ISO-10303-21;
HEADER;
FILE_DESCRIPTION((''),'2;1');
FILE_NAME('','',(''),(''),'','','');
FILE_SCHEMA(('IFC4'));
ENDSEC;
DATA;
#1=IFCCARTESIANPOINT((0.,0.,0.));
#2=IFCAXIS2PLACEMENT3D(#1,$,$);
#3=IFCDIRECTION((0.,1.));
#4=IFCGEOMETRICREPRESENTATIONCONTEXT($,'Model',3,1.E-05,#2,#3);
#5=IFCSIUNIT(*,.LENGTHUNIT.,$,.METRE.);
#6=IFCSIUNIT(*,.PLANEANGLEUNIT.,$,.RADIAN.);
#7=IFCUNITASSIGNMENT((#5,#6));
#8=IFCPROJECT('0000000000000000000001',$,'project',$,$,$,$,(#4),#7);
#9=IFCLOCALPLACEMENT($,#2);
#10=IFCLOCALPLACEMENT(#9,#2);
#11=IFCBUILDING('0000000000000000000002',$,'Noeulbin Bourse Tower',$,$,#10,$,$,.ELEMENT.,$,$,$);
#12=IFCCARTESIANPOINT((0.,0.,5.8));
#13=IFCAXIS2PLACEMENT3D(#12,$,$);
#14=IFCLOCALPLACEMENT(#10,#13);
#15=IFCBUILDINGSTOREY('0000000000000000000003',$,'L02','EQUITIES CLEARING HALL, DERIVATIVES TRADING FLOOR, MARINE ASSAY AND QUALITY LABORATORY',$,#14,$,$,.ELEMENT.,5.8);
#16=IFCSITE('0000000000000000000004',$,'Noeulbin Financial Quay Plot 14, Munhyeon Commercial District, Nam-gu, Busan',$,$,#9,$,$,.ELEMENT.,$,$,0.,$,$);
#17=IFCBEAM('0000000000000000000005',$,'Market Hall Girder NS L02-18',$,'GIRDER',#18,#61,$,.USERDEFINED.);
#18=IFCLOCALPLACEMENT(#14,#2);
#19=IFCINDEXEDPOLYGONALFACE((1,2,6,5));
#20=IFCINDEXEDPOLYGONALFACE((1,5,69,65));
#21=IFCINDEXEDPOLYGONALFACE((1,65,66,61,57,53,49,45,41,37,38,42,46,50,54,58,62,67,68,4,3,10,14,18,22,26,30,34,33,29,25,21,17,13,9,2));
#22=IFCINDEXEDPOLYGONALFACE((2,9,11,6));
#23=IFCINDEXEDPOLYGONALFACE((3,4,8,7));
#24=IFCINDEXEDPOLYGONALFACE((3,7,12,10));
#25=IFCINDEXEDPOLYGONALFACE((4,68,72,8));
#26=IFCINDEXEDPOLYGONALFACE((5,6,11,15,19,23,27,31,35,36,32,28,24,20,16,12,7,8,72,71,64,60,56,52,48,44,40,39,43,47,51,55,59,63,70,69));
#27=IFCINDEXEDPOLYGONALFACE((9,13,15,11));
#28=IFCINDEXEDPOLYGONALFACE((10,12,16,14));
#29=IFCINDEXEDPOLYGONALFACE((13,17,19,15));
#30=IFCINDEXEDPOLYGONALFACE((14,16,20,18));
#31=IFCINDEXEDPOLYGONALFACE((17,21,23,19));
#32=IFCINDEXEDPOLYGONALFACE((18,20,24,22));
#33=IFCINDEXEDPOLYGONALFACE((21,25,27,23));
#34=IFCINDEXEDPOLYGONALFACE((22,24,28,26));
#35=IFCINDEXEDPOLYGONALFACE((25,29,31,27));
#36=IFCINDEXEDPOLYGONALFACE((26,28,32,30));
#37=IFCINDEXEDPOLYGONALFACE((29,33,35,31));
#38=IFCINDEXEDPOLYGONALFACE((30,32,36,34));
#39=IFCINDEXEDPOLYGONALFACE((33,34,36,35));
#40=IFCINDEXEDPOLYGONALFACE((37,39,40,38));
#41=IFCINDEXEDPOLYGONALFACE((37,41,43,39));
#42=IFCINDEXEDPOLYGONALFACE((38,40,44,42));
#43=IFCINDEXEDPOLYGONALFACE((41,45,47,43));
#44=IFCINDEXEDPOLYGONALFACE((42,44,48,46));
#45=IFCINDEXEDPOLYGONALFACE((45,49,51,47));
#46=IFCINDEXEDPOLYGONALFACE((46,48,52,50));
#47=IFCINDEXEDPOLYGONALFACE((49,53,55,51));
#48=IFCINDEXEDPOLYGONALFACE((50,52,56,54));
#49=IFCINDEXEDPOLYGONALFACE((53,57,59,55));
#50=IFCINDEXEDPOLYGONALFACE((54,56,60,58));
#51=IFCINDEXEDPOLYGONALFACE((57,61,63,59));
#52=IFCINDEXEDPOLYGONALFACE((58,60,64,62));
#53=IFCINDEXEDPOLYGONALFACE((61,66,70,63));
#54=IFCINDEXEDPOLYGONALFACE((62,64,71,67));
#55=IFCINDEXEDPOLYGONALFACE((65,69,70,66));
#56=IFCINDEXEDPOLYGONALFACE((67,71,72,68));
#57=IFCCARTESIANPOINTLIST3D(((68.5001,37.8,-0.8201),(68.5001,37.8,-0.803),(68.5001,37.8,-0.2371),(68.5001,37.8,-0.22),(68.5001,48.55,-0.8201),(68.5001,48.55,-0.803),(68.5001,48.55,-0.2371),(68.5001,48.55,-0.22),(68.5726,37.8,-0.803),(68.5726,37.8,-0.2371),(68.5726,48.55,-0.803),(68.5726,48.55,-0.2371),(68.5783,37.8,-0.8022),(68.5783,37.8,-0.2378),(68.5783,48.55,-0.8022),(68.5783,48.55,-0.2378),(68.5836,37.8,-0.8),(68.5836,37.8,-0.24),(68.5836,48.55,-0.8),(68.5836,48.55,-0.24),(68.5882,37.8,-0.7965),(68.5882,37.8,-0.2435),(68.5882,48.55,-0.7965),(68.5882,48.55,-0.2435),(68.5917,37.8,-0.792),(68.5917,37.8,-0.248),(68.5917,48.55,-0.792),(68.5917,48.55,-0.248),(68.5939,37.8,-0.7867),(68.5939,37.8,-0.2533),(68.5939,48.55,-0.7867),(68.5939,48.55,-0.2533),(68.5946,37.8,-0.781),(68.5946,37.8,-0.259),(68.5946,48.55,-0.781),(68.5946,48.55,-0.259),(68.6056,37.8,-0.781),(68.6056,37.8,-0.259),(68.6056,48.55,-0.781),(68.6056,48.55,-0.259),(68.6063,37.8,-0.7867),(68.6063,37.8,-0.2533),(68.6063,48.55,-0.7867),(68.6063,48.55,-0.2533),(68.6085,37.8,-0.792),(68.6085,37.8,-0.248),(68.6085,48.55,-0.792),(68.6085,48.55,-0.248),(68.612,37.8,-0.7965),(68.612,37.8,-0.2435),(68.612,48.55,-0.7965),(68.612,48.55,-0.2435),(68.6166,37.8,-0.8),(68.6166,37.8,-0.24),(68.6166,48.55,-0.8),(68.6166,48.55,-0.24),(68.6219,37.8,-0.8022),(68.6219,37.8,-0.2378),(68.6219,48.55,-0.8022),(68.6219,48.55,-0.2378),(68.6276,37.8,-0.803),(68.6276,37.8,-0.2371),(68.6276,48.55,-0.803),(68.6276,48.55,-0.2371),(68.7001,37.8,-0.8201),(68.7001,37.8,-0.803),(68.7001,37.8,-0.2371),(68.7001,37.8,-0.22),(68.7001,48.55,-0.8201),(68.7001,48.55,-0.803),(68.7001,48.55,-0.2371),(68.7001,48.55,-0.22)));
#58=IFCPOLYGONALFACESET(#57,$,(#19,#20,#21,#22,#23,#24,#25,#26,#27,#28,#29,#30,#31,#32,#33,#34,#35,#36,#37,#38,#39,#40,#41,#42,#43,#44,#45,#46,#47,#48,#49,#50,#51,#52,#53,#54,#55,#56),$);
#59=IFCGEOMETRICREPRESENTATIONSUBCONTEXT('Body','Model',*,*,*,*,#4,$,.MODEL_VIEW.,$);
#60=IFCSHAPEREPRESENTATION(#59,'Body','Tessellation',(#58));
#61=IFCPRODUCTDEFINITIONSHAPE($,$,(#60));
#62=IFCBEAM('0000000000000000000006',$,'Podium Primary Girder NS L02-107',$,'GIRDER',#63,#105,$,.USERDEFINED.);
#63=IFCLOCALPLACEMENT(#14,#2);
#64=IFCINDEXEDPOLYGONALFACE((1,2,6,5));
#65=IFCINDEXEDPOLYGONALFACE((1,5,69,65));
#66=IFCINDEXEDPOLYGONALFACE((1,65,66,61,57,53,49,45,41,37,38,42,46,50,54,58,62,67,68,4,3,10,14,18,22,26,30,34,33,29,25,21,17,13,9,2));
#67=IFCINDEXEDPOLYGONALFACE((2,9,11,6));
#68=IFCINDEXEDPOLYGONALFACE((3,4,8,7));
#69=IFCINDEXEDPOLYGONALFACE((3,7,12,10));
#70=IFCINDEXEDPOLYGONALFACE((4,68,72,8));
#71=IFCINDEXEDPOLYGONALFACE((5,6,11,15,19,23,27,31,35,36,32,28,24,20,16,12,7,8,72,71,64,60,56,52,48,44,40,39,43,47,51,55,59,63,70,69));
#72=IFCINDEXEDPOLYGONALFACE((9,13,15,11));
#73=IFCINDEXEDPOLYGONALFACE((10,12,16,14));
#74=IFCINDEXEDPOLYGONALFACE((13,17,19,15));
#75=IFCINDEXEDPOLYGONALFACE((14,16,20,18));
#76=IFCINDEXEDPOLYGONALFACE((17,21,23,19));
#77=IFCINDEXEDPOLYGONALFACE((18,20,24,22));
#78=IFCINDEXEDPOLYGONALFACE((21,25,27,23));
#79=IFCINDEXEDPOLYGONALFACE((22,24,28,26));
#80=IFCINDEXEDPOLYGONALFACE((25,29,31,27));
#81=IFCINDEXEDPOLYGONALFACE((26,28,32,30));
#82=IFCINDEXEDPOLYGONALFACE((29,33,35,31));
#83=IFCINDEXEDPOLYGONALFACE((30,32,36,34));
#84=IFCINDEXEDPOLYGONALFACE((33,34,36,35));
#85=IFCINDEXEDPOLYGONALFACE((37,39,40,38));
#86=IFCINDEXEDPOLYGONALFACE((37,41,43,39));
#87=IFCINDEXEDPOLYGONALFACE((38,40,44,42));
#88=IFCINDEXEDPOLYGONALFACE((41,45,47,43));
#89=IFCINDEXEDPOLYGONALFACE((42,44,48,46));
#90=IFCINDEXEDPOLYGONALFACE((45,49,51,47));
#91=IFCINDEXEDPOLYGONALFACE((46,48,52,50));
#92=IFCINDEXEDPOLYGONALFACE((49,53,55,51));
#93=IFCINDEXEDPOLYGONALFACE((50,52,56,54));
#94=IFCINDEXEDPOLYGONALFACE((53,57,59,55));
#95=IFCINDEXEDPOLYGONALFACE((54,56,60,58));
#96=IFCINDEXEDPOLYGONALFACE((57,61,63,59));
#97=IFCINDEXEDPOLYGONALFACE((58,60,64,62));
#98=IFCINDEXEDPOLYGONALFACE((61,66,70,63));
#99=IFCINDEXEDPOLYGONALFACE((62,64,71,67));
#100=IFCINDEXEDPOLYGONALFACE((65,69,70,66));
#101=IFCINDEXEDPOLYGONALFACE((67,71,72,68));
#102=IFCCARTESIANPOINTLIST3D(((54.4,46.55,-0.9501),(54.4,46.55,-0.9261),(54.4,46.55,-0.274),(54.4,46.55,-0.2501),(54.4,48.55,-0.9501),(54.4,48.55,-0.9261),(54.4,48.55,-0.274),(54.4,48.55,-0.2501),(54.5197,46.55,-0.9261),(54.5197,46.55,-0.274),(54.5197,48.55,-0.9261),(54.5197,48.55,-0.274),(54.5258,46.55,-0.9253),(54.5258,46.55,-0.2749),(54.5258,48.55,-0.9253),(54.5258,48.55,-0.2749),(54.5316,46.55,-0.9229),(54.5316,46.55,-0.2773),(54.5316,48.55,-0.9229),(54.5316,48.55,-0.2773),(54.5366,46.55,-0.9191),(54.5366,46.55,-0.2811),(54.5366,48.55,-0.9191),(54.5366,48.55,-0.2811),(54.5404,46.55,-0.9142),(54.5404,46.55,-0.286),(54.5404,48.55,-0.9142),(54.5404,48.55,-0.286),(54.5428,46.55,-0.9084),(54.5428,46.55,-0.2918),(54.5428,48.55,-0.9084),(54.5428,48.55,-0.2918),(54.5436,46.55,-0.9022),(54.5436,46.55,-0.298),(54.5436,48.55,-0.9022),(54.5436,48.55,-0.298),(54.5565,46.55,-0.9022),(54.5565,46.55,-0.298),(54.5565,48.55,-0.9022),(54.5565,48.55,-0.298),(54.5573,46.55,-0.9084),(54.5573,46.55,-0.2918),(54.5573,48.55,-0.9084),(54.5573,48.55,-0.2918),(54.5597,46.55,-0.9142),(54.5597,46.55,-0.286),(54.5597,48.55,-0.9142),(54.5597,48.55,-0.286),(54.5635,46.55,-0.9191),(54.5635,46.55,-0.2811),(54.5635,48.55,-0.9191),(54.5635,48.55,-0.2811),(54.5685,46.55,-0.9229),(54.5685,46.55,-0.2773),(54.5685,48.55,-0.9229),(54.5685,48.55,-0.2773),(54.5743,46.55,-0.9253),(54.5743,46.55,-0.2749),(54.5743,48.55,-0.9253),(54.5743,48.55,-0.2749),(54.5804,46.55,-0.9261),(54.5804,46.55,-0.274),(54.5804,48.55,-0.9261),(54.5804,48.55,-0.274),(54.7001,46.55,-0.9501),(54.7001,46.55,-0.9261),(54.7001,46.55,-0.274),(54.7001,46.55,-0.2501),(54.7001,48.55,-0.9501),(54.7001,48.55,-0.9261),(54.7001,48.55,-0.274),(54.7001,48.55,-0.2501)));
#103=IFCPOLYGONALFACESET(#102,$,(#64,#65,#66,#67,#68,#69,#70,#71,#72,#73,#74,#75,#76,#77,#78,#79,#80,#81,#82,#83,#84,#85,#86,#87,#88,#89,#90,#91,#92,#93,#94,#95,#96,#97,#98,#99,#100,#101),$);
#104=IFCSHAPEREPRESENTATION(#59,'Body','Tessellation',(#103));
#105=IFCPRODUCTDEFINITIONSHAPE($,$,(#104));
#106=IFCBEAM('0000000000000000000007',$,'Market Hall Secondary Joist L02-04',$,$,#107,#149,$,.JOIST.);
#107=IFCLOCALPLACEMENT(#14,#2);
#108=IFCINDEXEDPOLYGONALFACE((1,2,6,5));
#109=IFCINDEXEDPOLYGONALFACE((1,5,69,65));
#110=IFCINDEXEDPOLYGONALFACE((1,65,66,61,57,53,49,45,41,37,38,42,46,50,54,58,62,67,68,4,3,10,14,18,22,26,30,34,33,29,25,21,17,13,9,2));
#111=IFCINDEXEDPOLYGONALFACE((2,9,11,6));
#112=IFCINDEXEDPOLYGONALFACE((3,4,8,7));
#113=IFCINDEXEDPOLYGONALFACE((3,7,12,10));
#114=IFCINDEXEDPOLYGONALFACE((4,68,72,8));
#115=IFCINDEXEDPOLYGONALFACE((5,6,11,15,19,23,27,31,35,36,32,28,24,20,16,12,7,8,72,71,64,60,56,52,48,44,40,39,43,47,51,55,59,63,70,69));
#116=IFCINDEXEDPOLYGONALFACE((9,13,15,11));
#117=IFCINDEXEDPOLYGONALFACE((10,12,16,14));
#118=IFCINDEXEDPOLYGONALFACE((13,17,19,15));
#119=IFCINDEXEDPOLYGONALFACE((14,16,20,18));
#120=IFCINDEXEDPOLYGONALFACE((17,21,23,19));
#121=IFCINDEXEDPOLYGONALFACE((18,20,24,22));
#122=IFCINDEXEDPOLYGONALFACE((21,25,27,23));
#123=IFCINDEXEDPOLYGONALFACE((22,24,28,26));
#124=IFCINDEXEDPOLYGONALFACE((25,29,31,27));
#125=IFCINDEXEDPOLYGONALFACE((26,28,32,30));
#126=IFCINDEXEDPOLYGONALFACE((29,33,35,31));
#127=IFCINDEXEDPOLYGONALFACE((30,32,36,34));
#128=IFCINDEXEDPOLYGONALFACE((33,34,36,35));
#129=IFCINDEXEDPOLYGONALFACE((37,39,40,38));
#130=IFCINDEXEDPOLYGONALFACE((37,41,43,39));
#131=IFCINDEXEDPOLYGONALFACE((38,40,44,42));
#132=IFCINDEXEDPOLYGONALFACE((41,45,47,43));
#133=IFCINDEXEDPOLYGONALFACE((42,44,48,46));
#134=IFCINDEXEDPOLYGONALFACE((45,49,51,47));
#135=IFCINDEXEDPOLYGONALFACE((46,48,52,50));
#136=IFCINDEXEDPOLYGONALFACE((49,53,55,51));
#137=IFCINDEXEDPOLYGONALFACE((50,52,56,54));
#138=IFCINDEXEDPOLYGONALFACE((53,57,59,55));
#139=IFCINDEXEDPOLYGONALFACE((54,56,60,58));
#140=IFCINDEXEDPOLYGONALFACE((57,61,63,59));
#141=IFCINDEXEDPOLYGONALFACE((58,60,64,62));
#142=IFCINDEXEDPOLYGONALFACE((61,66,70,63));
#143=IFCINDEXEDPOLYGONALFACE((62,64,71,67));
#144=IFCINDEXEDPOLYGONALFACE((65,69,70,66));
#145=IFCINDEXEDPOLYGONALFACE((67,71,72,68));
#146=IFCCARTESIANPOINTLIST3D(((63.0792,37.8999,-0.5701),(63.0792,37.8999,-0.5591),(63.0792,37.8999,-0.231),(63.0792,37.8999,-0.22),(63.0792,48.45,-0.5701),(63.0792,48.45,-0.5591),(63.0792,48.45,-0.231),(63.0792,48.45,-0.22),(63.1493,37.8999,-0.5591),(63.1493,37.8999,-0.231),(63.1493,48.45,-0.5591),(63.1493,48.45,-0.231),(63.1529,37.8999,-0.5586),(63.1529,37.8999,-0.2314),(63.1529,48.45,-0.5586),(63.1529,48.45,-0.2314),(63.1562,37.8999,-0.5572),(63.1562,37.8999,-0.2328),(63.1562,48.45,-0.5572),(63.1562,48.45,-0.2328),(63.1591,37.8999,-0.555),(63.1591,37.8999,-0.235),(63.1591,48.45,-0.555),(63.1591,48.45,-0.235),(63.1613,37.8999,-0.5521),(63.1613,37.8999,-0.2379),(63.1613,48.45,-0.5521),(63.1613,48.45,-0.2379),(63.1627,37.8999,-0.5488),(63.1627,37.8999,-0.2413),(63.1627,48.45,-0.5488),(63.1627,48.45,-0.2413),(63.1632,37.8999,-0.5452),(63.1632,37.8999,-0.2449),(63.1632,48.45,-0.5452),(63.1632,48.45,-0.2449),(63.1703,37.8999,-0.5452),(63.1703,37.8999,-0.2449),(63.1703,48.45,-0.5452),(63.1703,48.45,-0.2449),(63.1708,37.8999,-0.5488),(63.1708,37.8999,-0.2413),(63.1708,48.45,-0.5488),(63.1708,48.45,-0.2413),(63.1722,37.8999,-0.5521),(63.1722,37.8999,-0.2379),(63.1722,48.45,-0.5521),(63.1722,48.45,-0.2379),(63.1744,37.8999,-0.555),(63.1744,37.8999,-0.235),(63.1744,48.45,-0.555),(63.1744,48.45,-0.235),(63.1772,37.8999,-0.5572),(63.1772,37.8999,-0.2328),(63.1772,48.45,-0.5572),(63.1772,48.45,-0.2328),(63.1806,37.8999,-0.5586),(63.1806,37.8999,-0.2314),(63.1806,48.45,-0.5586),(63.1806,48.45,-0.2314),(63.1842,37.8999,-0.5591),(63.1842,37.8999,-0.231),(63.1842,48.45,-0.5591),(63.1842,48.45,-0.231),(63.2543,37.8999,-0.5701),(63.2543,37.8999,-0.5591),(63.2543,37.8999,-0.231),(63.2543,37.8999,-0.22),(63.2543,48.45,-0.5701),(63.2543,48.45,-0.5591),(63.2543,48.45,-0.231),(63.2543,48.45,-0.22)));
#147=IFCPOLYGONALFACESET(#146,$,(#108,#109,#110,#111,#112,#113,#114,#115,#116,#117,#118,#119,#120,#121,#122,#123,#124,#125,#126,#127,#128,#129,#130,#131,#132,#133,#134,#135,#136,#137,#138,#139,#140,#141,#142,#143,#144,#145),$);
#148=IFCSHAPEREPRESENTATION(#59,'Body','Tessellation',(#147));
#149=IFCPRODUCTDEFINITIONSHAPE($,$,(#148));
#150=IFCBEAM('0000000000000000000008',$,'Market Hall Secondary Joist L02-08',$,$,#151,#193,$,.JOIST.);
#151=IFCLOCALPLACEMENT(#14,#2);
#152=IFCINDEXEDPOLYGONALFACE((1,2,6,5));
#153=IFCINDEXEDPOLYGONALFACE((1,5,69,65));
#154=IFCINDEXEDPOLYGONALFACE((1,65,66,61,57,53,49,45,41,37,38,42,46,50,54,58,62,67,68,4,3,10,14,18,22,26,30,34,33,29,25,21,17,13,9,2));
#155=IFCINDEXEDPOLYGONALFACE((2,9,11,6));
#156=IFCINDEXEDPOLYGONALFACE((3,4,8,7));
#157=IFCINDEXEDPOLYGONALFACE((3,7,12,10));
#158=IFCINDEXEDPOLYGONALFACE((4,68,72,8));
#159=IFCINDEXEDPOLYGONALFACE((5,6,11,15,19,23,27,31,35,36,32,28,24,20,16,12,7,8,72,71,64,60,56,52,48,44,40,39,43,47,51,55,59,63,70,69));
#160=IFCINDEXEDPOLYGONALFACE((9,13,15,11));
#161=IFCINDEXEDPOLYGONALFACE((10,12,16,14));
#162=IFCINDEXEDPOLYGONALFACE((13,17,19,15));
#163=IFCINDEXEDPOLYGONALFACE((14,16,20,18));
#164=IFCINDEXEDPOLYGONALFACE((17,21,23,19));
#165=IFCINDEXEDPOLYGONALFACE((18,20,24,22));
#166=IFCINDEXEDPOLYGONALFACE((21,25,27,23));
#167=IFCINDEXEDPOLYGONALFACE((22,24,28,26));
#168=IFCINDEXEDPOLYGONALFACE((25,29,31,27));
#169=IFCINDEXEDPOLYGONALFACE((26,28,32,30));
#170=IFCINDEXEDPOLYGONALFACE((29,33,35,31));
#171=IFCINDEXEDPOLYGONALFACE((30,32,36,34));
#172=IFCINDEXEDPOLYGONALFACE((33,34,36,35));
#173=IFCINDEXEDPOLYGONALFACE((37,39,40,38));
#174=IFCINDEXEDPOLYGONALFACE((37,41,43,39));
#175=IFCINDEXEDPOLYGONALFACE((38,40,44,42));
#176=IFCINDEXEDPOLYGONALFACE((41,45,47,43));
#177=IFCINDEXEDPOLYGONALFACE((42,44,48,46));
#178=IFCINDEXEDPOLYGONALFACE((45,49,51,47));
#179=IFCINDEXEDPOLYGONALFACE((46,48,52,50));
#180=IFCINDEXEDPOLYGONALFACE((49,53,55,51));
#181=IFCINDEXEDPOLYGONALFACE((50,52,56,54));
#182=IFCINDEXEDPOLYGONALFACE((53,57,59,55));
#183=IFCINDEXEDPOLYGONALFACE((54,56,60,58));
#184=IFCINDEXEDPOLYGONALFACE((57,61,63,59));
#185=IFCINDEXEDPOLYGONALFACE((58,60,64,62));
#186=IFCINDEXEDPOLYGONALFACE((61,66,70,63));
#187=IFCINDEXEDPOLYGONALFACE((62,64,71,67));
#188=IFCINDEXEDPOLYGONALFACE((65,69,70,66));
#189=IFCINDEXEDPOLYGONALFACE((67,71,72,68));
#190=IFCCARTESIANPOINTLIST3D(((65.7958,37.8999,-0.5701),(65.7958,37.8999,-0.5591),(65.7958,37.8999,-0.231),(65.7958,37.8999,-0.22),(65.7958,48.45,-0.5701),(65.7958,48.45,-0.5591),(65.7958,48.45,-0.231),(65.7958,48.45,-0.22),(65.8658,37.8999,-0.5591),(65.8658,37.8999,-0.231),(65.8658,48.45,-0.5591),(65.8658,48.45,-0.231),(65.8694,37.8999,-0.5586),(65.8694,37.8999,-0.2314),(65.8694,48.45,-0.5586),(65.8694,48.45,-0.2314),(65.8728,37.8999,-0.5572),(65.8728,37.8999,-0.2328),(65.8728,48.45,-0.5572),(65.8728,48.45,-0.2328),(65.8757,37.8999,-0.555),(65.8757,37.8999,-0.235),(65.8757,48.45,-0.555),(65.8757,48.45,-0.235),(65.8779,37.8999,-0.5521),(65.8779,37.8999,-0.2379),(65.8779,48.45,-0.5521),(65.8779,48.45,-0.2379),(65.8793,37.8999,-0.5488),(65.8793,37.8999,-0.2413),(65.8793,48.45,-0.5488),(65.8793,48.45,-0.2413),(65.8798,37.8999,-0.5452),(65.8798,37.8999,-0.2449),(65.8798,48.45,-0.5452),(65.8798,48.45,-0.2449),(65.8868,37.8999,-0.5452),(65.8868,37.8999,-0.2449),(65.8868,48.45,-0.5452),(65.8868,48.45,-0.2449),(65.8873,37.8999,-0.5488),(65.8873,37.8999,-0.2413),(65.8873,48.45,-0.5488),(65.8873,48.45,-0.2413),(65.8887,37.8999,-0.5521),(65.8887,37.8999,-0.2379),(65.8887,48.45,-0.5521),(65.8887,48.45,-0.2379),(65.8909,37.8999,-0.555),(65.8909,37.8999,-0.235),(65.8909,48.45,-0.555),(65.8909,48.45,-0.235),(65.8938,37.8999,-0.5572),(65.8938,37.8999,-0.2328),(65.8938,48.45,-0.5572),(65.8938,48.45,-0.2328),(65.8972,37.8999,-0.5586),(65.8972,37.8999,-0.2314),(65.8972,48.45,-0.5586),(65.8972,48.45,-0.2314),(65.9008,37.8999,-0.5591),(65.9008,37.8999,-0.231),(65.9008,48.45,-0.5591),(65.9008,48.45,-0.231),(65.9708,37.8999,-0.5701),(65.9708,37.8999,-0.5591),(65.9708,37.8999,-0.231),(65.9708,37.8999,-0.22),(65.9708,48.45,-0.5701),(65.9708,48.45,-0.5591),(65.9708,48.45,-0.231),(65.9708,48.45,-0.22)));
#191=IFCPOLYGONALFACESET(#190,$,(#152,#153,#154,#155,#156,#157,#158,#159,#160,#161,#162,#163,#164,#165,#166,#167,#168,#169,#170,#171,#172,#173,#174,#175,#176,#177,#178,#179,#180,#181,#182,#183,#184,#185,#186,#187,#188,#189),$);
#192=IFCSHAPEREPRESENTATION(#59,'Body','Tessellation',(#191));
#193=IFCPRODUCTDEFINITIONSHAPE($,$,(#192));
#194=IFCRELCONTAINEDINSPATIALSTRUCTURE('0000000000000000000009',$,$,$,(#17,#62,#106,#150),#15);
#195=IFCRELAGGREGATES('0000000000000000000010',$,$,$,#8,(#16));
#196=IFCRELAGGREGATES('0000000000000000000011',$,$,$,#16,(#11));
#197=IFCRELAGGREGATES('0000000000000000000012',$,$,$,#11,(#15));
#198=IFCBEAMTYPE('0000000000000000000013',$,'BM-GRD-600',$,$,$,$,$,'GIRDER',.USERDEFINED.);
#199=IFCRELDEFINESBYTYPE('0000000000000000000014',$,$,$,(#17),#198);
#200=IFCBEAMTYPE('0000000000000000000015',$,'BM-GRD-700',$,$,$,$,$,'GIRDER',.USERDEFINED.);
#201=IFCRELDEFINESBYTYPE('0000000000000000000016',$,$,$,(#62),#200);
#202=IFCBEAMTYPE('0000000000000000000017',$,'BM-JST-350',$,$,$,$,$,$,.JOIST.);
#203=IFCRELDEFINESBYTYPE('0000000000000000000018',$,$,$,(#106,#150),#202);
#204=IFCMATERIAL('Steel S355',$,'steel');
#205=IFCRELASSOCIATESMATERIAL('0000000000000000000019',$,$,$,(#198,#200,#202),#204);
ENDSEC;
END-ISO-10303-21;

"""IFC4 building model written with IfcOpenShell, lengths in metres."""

from ifc_helpers import new_model, si_unit, direction, frame, origin, origin_2d, place, context, subcontext, project, spatial, i_section, extrude, material, material_profile, profile_set, type_object, element, save


model = new_model("IFC4")

# Units and contexts
model_context = context("Model", 3, precision=1e-05, world=origin(), true_north=direction((0.0, 1.0)))
body_context = subcontext(model_context, "Body", "Model", "MODEL_VIEW")
ifc_project = project(units=[si_unit("LENGTHUNIT", "METRE"), si_unit("PLANEANGLEUNIT", "RADIAN")], contexts=[model_context])

# Site, building, storey
site_placement = place(None, origin())
site = spatial("IfcSite", under=ifc_project, at=site_placement, Name="Noeulbin Financial Quay Plot 14, Munhyeon Commercial District, Nam-gu, Busan", CompositionType="ELEMENT", RefElevation=0.0)
building_placement = place(site_placement, origin())
building = spatial("IfcBuilding", under=site, at=building_placement, Name="Noeulbin Bourse Tower", CompositionType="ELEMENT")
storey_placement = place(building_placement, frame((0.0, 0.0, 5.8)))
storey = spatial("IfcBuildingStorey", under=building, at=storey_placement, Name="L02", Description="EQUITIES CLEARING HALL, DERIVATIVES TRADING FLOOR, MARINE ASSAY AND QUALITY LABORATORY", CompositionType="ELEMENT", Elevation=5.8)

# Shared definitions
ifc_material_1 = material(Name="Steel S355", Category="steel")

# Beams
ifc_material_profile_1 = material_profile(ifc_material_1, i_section(OverallWidth=0.2, OverallDepth=0.6001, WebThickness=0.011, FlangeThickness=0.0171, FilletRadius=0.022, at=origin_2d()), Name="H-600x200x11x17", Category="LoadBearing")
ifc_profile_set_1 = profile_set([ifc_material_profile_1], Name="Steel S355")
beam_type_1 = type_object("IfcBeamType", Name="BM-GRD-600", ElementType="GIRDER", PredefinedType="USERDEFINED", material=ifc_profile_set_1)
beam_1_placement = place(storey_placement, frame((68.6001, 37.8, -0.52), z_axis=(0.0, 1.0, 0.0), x_axis=(-1.0, 0.0, 0.0)))
element("IfcBeam", 1, at=beam_1_placement, inside=storey, type_object=beam_type_1, Name="Market Hall Girder NS L02-18", ObjectType="GIRDER", PredefinedType="USERDEFINED", context=body_context, shape_type="SweptSolid", body=[
    extrude(i_section(OverallWidth=0.2, OverallDepth=0.6001, WebThickness=0.011, FlangeThickness=0.0171, FilletRadius=0.022, at=origin_2d()), origin(), (0.0, 0.0, 1.0), 10.75),
])
ifc_material_profile_2 = material_profile(ifc_material_1, i_section(OverallWidth=0.3, OverallDepth=0.7, WebThickness=0.0129, FlangeThickness=0.0239, FilletRadius=0.0239, at=origin_2d()), Name="H-700x300x13x24", Category="LoadBearing")
ifc_profile_set_2 = profile_set([ifc_material_profile_2], Name="Steel S355")
beam_type_2 = type_object("IfcBeamType", Name="BM-GRD-700", ElementType="GIRDER", PredefinedType="USERDEFINED", material=ifc_profile_set_2)
beam_2_placement = place(storey_placement, frame((54.55, 46.55, -0.6001), z_axis=(0.0, 1.0, 0.0), x_axis=(-1.0, 0.0, 0.0)))
element("IfcBeam", 2, at=beam_2_placement, inside=storey, type_object=beam_type_2, Name="Podium Primary Girder NS L02-107", ObjectType="GIRDER", PredefinedType="USERDEFINED", context=body_context, shape_type="SweptSolid", body=[
    extrude(i_section(OverallWidth=0.3, OverallDepth=0.7, WebThickness=0.0129, FlangeThickness=0.0239, FilletRadius=0.0239, at=origin_2d()), origin(), (0.0, 0.0, 1.0), 2.0),
])
ifc_material_profile_3 = material_profile(ifc_material_1, i_section(OverallWidth=0.175, OverallDepth=0.3501, WebThickness=0.0071, FlangeThickness=0.011, FilletRadius=0.0139, at=origin_2d()), Name="H-350x175x7x11", Category="LoadBearing")
ifc_profile_set_3 = profile_set([ifc_material_profile_3], Name="Steel S355")
beam_type_3 = type_object("IfcBeamType", Name="BM-JST-350", PredefinedType="JOIST", material=ifc_profile_set_3)
for number, where, z_axis, x_axis, name in (
    (3, (63.1667, 37.8999, -0.395), (0.0, 1.0, 0.0), (-1.0, 0.0, 0.0), "Market Hall Secondary Joist L02-04"),
    (4, (65.8833, 37.8999, -0.395), (0.0, 1.0, 0.0), (-1.0, 0.0, 0.0), "Market Hall Secondary Joist L02-08"),
):
    element("IfcBeam", number, at=place(storey_placement, frame(where, z_axis=z_axis, x_axis=x_axis)), inside=storey, type_object=beam_type_3, Name=name, PredefinedType="JOIST", context=body_context, shape_type="SweptSolid", body=[
        extrude(i_section(OverallWidth=0.175, OverallDepth=0.3501, WebThickness=0.0071, FlangeThickness=0.011, FilletRadius=0.0139, at=origin_2d()), origin(), (0.0, 0.0, 1.0), 10.55),
    ])

save(model, "model.ifc")
